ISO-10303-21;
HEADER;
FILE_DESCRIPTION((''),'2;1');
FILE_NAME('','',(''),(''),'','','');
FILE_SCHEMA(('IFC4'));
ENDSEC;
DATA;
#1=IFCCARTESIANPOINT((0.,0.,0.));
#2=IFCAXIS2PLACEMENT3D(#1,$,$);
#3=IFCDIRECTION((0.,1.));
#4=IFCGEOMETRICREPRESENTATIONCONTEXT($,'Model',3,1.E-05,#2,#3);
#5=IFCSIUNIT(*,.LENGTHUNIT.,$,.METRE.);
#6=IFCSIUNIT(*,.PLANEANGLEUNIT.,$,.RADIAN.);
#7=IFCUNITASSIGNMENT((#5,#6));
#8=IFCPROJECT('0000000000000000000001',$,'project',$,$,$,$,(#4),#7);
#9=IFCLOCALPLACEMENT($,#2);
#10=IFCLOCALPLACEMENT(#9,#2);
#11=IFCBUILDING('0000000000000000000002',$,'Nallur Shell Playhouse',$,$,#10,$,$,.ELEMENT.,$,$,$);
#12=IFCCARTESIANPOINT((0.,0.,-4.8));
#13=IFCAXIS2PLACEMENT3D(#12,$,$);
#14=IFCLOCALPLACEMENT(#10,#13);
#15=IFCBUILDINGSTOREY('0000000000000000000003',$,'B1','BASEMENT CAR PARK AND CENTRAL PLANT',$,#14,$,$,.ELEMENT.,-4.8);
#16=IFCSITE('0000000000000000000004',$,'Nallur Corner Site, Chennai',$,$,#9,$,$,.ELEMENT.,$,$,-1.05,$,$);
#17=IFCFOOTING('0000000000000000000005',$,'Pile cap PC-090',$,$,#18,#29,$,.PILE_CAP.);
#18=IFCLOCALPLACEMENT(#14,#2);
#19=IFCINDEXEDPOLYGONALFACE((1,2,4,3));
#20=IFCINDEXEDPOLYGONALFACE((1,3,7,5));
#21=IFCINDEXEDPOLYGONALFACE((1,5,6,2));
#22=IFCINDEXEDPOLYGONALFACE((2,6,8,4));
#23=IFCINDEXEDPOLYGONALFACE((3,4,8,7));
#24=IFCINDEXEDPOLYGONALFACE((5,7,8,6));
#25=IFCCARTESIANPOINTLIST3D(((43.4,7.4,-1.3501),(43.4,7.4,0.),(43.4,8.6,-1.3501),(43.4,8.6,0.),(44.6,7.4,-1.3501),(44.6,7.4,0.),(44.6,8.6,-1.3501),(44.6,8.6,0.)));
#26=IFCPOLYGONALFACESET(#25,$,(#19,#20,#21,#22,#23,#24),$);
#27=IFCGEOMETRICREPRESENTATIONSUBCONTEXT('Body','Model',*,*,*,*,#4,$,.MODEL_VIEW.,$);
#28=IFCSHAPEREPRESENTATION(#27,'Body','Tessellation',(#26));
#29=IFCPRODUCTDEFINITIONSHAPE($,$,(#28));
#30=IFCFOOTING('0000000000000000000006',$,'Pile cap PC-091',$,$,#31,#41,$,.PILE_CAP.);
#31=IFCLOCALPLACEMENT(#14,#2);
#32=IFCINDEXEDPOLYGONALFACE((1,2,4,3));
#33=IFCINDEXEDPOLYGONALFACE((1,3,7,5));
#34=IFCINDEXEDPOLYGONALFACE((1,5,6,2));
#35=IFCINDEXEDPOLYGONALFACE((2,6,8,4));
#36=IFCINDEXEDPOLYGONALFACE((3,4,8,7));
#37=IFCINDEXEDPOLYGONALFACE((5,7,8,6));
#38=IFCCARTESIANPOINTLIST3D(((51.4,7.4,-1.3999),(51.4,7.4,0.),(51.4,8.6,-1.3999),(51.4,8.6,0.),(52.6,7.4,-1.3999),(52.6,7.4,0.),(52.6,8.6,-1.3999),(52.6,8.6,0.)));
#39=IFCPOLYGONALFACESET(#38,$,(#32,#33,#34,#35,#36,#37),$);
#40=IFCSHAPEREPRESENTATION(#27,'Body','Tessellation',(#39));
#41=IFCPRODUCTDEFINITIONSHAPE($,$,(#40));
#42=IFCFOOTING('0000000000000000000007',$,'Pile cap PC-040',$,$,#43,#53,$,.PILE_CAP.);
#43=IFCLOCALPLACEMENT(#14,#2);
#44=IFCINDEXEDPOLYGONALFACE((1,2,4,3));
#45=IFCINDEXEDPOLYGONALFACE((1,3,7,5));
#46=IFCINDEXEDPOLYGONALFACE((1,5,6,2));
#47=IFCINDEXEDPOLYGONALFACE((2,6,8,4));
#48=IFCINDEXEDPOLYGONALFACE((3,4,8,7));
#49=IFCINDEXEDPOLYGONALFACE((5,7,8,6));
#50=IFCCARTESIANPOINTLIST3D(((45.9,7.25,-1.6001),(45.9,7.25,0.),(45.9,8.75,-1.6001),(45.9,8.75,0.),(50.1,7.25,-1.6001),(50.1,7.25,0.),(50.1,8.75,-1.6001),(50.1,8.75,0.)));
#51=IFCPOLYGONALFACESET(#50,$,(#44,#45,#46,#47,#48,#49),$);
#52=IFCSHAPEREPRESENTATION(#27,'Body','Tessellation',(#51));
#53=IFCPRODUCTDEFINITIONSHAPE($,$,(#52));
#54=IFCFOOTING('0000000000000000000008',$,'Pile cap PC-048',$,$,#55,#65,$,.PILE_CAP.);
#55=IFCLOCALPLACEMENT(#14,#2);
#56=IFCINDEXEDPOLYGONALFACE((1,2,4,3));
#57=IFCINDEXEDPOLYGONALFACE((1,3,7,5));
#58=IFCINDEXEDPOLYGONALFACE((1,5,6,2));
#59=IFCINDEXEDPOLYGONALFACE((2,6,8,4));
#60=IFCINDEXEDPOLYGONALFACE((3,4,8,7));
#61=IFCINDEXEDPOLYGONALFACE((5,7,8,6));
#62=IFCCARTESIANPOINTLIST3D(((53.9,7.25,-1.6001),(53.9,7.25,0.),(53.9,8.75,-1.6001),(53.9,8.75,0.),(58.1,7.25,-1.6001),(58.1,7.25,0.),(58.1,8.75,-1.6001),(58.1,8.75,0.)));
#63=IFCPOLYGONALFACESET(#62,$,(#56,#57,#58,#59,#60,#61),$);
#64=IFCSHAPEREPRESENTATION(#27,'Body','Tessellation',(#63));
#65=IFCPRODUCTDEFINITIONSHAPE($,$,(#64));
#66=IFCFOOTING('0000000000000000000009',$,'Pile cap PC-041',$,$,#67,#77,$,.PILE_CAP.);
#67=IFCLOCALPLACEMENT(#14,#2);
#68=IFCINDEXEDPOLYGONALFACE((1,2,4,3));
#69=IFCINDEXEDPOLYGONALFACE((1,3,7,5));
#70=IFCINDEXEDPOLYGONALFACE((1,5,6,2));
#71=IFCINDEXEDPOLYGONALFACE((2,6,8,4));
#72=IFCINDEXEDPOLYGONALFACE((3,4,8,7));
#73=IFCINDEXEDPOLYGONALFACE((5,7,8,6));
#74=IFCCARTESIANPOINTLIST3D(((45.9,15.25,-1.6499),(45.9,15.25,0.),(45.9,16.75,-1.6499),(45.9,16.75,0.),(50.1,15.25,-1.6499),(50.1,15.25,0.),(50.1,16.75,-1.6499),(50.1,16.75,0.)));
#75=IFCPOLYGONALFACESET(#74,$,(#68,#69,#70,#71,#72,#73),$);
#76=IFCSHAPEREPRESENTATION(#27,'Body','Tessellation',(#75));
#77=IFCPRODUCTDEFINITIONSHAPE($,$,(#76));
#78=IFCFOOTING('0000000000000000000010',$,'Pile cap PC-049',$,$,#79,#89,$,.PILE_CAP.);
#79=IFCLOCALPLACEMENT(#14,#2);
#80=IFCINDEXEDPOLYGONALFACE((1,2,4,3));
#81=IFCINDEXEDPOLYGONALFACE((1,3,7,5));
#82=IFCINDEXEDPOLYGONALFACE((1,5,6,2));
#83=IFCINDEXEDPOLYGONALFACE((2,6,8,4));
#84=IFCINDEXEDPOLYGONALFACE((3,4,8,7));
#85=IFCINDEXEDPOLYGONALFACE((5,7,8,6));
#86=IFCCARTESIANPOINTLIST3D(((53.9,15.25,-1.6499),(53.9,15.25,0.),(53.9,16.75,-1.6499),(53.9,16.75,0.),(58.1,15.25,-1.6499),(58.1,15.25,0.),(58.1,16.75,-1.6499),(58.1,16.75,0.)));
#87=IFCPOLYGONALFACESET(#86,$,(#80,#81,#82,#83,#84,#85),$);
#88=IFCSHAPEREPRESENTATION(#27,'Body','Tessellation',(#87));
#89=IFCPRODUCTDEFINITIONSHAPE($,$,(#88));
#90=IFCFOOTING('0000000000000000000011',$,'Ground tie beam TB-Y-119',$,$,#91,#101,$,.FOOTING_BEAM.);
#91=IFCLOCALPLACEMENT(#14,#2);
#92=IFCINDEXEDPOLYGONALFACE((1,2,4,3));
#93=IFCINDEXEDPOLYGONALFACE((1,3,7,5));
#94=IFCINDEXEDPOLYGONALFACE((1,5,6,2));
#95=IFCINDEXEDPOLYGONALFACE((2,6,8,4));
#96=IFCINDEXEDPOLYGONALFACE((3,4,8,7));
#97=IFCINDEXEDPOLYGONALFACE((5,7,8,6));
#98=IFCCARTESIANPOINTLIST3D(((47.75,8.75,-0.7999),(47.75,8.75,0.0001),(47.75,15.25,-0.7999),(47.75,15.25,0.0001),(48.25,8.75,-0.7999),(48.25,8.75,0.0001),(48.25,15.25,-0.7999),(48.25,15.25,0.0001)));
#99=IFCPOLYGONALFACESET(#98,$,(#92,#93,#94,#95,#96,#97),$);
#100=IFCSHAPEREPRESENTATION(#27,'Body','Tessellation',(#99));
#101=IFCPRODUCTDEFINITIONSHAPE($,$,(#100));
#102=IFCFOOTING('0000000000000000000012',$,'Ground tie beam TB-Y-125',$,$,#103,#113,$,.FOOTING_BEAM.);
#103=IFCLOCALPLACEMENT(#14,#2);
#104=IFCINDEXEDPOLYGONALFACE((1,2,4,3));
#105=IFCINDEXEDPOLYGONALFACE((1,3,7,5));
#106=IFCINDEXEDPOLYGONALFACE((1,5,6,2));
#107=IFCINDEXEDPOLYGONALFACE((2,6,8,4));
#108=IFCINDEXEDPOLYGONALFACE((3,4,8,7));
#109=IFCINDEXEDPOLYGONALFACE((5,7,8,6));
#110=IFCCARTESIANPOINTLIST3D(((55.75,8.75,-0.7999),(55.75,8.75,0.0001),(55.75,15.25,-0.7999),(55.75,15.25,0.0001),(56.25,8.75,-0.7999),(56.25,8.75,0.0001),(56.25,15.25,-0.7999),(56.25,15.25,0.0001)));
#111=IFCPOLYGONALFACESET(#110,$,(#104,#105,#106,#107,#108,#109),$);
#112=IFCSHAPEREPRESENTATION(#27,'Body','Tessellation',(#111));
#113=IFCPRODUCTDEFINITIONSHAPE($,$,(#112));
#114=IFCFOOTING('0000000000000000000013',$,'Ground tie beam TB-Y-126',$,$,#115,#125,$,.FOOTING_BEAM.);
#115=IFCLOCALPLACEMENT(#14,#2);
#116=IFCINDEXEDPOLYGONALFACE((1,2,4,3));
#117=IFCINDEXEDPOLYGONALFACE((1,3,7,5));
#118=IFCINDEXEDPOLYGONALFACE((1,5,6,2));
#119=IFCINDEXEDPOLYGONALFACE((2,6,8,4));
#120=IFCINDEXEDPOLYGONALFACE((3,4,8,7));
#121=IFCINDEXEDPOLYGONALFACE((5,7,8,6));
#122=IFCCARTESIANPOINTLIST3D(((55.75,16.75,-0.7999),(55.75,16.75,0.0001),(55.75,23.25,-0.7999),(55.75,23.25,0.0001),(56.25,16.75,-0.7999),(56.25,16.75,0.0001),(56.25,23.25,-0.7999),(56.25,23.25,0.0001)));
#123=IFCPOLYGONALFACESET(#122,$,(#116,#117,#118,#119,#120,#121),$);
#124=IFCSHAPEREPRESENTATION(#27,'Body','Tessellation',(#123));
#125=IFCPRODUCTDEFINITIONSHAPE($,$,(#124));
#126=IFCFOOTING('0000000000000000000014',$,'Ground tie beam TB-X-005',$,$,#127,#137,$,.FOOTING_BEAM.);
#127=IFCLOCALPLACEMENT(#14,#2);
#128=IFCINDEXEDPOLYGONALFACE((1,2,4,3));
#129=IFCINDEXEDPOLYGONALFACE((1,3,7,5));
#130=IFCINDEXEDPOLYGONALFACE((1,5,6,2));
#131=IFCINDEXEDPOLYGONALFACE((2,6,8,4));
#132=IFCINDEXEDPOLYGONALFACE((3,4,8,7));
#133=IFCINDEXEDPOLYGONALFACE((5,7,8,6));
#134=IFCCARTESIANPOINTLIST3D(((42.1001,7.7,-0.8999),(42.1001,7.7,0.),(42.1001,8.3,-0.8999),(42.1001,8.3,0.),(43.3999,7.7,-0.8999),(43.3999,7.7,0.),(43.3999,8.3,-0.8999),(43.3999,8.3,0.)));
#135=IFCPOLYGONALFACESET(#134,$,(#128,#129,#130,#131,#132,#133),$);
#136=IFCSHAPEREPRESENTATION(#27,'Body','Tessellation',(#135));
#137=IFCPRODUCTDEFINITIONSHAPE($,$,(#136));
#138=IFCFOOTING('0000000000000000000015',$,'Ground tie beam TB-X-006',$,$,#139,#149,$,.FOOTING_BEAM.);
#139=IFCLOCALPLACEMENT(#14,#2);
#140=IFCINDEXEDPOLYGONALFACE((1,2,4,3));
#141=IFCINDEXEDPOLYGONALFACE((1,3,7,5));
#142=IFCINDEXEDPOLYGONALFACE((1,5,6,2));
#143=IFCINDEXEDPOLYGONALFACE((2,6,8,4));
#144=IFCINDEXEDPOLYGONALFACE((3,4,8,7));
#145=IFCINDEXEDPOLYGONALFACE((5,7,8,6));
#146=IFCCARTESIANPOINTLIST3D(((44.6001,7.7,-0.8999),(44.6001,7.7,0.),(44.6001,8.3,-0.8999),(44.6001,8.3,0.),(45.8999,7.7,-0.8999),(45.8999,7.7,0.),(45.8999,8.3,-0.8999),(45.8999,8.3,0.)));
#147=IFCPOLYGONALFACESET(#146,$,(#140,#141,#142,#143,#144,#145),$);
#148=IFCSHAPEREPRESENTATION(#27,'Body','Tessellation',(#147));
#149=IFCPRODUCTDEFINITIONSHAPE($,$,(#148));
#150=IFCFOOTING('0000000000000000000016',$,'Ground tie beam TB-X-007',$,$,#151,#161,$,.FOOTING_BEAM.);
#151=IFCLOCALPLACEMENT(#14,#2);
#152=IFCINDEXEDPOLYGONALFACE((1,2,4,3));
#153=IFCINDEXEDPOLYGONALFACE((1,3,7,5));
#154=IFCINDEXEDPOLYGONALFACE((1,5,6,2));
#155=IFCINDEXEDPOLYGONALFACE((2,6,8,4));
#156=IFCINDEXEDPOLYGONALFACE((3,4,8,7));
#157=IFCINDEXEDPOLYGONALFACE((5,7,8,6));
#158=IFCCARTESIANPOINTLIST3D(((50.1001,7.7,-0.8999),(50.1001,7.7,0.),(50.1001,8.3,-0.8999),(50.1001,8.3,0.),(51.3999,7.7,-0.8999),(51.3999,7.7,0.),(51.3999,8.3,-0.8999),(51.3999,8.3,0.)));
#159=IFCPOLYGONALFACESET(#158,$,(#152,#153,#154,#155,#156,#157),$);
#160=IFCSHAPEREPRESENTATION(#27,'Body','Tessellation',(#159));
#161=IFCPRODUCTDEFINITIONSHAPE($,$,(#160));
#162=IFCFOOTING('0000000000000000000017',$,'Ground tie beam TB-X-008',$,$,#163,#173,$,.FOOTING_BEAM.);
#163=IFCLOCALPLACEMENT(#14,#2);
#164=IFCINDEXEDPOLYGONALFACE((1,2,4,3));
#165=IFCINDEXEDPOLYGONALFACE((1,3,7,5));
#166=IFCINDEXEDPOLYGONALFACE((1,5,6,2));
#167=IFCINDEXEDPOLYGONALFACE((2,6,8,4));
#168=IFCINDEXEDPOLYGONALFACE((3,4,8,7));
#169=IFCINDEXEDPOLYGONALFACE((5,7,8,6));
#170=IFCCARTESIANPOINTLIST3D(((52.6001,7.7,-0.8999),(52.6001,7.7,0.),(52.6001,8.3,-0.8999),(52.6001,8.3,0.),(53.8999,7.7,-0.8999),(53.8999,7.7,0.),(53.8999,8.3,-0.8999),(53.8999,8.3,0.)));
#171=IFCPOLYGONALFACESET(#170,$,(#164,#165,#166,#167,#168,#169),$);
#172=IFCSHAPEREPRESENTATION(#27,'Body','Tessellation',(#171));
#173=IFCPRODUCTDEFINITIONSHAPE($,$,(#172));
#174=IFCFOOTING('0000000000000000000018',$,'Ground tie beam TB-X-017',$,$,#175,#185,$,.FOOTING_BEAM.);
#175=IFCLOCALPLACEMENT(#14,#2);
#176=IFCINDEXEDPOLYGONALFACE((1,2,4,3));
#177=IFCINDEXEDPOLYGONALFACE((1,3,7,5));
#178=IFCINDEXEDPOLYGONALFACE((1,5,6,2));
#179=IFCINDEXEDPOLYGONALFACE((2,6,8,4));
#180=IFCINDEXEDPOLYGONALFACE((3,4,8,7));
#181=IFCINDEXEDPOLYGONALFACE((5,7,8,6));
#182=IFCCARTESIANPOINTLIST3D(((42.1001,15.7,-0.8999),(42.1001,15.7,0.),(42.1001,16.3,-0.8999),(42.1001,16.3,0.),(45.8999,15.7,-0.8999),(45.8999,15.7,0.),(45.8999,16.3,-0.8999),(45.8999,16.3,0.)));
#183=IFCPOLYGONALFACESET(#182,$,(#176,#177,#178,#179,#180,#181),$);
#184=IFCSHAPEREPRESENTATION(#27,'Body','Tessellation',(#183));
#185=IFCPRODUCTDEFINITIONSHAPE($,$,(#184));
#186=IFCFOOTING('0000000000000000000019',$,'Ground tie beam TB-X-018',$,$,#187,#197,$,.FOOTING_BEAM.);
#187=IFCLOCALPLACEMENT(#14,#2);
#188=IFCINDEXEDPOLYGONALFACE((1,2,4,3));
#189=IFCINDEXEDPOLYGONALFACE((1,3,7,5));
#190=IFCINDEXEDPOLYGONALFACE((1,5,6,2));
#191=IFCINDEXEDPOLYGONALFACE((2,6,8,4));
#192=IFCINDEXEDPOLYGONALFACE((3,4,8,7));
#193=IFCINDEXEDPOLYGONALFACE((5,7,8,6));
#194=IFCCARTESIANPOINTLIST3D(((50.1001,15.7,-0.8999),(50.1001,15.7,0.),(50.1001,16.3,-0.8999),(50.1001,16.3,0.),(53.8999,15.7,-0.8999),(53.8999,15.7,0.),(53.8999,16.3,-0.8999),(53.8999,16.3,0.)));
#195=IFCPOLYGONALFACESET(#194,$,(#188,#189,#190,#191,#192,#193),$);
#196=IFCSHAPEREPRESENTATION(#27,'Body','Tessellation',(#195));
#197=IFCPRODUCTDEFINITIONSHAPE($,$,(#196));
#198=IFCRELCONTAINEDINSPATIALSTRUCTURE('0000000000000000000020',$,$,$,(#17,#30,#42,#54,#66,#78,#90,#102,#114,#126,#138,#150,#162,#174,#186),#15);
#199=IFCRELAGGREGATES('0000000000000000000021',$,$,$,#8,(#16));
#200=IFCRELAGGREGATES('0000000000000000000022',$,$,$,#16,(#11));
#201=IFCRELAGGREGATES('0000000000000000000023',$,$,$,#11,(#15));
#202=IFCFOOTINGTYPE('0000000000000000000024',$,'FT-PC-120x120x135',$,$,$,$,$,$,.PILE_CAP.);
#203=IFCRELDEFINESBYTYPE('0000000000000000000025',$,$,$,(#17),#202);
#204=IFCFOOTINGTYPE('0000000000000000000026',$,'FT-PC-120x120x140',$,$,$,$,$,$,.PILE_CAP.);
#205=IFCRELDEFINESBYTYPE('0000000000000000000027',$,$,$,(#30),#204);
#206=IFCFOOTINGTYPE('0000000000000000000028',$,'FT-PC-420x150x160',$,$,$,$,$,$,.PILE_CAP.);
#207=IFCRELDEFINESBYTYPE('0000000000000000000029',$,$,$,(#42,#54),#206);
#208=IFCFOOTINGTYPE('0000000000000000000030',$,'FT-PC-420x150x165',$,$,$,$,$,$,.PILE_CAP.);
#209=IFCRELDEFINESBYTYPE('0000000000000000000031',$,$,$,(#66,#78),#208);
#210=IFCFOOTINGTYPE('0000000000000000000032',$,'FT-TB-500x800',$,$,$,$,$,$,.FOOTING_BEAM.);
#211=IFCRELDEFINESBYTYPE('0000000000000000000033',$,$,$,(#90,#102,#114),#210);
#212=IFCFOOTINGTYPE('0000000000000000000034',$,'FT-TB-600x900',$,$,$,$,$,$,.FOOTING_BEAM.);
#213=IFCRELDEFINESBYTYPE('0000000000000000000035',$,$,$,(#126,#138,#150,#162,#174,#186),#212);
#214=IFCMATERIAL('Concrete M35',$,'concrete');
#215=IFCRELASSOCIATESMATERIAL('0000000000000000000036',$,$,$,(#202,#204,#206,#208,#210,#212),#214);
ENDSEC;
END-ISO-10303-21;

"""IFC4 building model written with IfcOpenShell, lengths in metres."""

from ifc_helpers import new_model, si_unit, direction, frame, origin, origin_2d, place, context, subcontext, project, spatial, rectangle, extrude, material, material_profile, profile_set, type_object, element, save


model = new_model("IFC4")

# Units and contexts
model_context = context("Model", 3, precision=1e-05, world=origin(), true_north=direction((0.0, 1.0)))
body_context = subcontext(model_context, "Body", "Model", "MODEL_VIEW")
ifc_project = project(units=[si_unit("LENGTHUNIT", "METRE"), si_unit("PLANEANGLEUNIT", "RADIAN")], contexts=[model_context])

# Site, building, storey
site_placement = place(None, origin())
site = spatial("IfcSite", under=ifc_project, at=site_placement, Name="Nallur Corner Site, Chennai", CompositionType="ELEMENT", RefElevation=-1.05)
building_placement = place(site_placement, origin())
building = spatial("IfcBuilding", under=site, at=building_placement, Name="Nallur Shell Playhouse", CompositionType="ELEMENT")
storey_placement = place(building_placement, frame((0.0, 0.0, -4.8)))
storey = spatial("IfcBuildingStorey", under=building, at=storey_placement, Name="B1", Description="BASEMENT CAR PARK AND CENTRAL PLANT", CompositionType="ELEMENT", Elevation=-4.8)

# Footings
ifc_material_1 = material(Name="Concrete M35", Category="concrete")
footing_type_1 = type_object("IfcFootingType", Name="FT-PC-120x120x135", PredefinedType="PILE_CAP", material=ifc_material_1)
footing_1_placement = place(storey_placement, frame((44.0, 8.0, -1.3501), z_axis=(0.0, 0.0, 1.0), x_axis=(1.0, 0.0, 0.0)))
element("IfcFooting", 1, at=footing_1_placement, inside=storey, type_object=footing_type_1, Name="Pile cap PC-090", PredefinedType="PILE_CAP", context=body_context, shape_type="SweptSolid", body=[
    extrude(rectangle(XDim=1.2, YDim=1.2, at=origin_2d()), origin(), (0.0, 0.0, 1.0), 1.3501),
])
footing_type_2 = type_object("IfcFootingType", Name="FT-PC-120x120x140", PredefinedType="PILE_CAP", material=ifc_material_1)
footing_2_placement = place(storey_placement, frame((52.0, 8.0, -1.3999), z_axis=(0.0, 0.0, 1.0), x_axis=(1.0, 0.0, 0.0)))
element("IfcFooting", 2, at=footing_2_placement, inside=storey, type_object=footing_type_2, Name="Pile cap PC-091", PredefinedType="PILE_CAP", context=body_context, shape_type="SweptSolid", body=[
    extrude(rectangle(XDim=1.2, YDim=1.2, at=origin_2d()), origin(), (0.0, 0.0, 1.0), 1.3999),
])
footing_type_3 = type_object("IfcFootingType", Name="FT-PC-420x150x160", PredefinedType="PILE_CAP", material=ifc_material_1)
for number, where, z_axis, x_axis, name in (
    (3, (48.0, 8.0, -1.6001), (0.0, 0.0, 1.0), (1.0, 0.0, 0.0), "Pile cap PC-040"),
    (4, (56.0, 8.0, -1.6001), (0.0, 0.0, 1.0), (1.0, 0.0, 0.0), "Pile cap PC-048"),
):
    element("IfcFooting", number, at=place(storey_placement, frame(where, z_axis=z_axis, x_axis=x_axis)), inside=storey, type_object=footing_type_3, Name=name, PredefinedType="PILE_CAP", context=body_context, shape_type="SweptSolid", body=[
        extrude(rectangle(XDim=4.2, YDim=1.5, at=origin_2d()), origin(), (0.0, 0.0, 1.0), 1.6001),
    ])
footing_type_4 = type_object("IfcFootingType", Name="FT-PC-420x150x165", PredefinedType="PILE_CAP", material=ifc_material_1)
for number, where, z_axis, x_axis, name in (
    (5, (48.0, 16.0, -1.6499), (0.0, 0.0, 1.0), (1.0, 0.0, 0.0), "Pile cap PC-041"),
    (6, (56.0, 16.0, -1.6499), (0.0, 0.0, 1.0), (1.0, 0.0, 0.0), "Pile cap PC-049"),
):
    element("IfcFooting", number, at=place(storey_placement, frame(where, z_axis=z_axis, x_axis=x_axis)), inside=storey, type_object=footing_type_4, Name=name, PredefinedType="PILE_CAP", context=body_context, shape_type="SweptSolid", body=[
        extrude(rectangle(XDim=4.2, YDim=1.5, at=origin_2d()), origin(), (0.0, 0.0, 1.0), 1.6499),
    ])
ifc_material_profile_1 = material_profile(ifc_material_1, rectangle(XDim=0.5, YDim=0.8, at=origin_2d()), Name="RC 500x800")
ifc_profile_set_1 = profile_set([ifc_material_profile_1], Name="Concrete M35")
footing_type_5 = type_object("IfcFootingType", Name="FT-TB-500x800", PredefinedType="FOOTING_BEAM", material=ifc_profile_set_1)
for number, where, z_axis, x_axis, name in (
    (7, (48.0, 8.75, -0.3999), (0.0, 1.0, 0.0), (-1.0, 0.0, 0.0), "Ground tie beam TB-Y-119"),
    (8, (56.0, 8.75, -0.3999), (0.0, 1.0, 0.0), (-1.0, 0.0, 0.0), "Ground tie beam TB-Y-125"),
    (9, (56.0, 16.75, -0.3999), (0.0, 1.0, 0.0), (-1.0, 0.0, 0.0), "Ground tie beam TB-Y-126"),
):
    element("IfcFooting", number, at=place(storey_placement, frame(where, z_axis=z_axis, x_axis=x_axis)), inside=storey, type_object=footing_type_5, Name=name, PredefinedType="FOOTING_BEAM", context=body_context, shape_type="SweptSolid", body=[
        extrude(rectangle(XDim=0.5, YDim=0.8, at=origin_2d()), origin(), (0.0, 0.0, 1.0), 6.5),
    ])
ifc_material_profile_2 = material_profile(ifc_material_1, rectangle(XDim=0.6001, YDim=0.8999, at=origin_2d()), Name="RC 600x900")
ifc_profile_set_2 = profile_set([ifc_material_profile_2], Name="Concrete M35")
footing_type_6 = type_object("IfcFootingType", Name="FT-TB-600x900", PredefinedType="FOOTING_BEAM", material=ifc_profile_set_2)
for number, where, z_axis, x_axis, name in (
    (10, (42.1001, 8.0, -0.45), (1.0, 0.0, 0.0), (0.0, 1.0, 0.0), "Ground tie beam TB-X-005"),
    (11, (44.6001, 8.0, -0.45), (1.0, 0.0, 0.0), (0.0, 1.0, 0.0), "Ground tie beam TB-X-006"),
    (12, (50.1001, 8.0, -0.45), (1.0, 0.0, 0.0), (0.0, 1.0, 0.0), "Ground tie beam TB-X-007"),
    (13, (52.6001, 8.0, -0.45), (1.0, 0.0, 0.0), (0.0, 1.0, 0.0), "Ground tie beam TB-X-008"),
):
    element("IfcFooting", number, at=place(storey_placement, frame(where, z_axis=z_axis, x_axis=x_axis)), inside=storey, type_object=footing_type_6, Name=name, PredefinedType="FOOTING_BEAM", context=body_context, shape_type="SweptSolid", body=[
        extrude(rectangle(XDim=0.6001, YDim=0.8999, at=origin_2d()), origin(), (0.0, 0.0, 1.0), 1.2998),
    ])
for number, where, z_axis, x_axis, name in (
    (14, (42.1001, 16.0, -0.45), (1.0, 0.0, 0.0), (0.0, 1.0, 0.0), "Ground tie beam TB-X-017"),
    (15, (50.1001, 16.0, -0.45), (1.0, 0.0, 0.0), (0.0, 1.0, 0.0), "Ground tie beam TB-X-018"),
):
    element("IfcFooting", number, at=place(storey_placement, frame(where, z_axis=z_axis, x_axis=x_axis)), inside=storey, type_object=footing_type_6, Name=name, PredefinedType="FOOTING_BEAM", context=body_context, shape_type="SweptSolid", body=[
        extrude(rectangle(XDim=0.6001, YDim=0.8999, at=origin_2d()), origin(), (0.0, 0.0, 1.0), 3.7998),
    ])

save(model, "model.ifc")
